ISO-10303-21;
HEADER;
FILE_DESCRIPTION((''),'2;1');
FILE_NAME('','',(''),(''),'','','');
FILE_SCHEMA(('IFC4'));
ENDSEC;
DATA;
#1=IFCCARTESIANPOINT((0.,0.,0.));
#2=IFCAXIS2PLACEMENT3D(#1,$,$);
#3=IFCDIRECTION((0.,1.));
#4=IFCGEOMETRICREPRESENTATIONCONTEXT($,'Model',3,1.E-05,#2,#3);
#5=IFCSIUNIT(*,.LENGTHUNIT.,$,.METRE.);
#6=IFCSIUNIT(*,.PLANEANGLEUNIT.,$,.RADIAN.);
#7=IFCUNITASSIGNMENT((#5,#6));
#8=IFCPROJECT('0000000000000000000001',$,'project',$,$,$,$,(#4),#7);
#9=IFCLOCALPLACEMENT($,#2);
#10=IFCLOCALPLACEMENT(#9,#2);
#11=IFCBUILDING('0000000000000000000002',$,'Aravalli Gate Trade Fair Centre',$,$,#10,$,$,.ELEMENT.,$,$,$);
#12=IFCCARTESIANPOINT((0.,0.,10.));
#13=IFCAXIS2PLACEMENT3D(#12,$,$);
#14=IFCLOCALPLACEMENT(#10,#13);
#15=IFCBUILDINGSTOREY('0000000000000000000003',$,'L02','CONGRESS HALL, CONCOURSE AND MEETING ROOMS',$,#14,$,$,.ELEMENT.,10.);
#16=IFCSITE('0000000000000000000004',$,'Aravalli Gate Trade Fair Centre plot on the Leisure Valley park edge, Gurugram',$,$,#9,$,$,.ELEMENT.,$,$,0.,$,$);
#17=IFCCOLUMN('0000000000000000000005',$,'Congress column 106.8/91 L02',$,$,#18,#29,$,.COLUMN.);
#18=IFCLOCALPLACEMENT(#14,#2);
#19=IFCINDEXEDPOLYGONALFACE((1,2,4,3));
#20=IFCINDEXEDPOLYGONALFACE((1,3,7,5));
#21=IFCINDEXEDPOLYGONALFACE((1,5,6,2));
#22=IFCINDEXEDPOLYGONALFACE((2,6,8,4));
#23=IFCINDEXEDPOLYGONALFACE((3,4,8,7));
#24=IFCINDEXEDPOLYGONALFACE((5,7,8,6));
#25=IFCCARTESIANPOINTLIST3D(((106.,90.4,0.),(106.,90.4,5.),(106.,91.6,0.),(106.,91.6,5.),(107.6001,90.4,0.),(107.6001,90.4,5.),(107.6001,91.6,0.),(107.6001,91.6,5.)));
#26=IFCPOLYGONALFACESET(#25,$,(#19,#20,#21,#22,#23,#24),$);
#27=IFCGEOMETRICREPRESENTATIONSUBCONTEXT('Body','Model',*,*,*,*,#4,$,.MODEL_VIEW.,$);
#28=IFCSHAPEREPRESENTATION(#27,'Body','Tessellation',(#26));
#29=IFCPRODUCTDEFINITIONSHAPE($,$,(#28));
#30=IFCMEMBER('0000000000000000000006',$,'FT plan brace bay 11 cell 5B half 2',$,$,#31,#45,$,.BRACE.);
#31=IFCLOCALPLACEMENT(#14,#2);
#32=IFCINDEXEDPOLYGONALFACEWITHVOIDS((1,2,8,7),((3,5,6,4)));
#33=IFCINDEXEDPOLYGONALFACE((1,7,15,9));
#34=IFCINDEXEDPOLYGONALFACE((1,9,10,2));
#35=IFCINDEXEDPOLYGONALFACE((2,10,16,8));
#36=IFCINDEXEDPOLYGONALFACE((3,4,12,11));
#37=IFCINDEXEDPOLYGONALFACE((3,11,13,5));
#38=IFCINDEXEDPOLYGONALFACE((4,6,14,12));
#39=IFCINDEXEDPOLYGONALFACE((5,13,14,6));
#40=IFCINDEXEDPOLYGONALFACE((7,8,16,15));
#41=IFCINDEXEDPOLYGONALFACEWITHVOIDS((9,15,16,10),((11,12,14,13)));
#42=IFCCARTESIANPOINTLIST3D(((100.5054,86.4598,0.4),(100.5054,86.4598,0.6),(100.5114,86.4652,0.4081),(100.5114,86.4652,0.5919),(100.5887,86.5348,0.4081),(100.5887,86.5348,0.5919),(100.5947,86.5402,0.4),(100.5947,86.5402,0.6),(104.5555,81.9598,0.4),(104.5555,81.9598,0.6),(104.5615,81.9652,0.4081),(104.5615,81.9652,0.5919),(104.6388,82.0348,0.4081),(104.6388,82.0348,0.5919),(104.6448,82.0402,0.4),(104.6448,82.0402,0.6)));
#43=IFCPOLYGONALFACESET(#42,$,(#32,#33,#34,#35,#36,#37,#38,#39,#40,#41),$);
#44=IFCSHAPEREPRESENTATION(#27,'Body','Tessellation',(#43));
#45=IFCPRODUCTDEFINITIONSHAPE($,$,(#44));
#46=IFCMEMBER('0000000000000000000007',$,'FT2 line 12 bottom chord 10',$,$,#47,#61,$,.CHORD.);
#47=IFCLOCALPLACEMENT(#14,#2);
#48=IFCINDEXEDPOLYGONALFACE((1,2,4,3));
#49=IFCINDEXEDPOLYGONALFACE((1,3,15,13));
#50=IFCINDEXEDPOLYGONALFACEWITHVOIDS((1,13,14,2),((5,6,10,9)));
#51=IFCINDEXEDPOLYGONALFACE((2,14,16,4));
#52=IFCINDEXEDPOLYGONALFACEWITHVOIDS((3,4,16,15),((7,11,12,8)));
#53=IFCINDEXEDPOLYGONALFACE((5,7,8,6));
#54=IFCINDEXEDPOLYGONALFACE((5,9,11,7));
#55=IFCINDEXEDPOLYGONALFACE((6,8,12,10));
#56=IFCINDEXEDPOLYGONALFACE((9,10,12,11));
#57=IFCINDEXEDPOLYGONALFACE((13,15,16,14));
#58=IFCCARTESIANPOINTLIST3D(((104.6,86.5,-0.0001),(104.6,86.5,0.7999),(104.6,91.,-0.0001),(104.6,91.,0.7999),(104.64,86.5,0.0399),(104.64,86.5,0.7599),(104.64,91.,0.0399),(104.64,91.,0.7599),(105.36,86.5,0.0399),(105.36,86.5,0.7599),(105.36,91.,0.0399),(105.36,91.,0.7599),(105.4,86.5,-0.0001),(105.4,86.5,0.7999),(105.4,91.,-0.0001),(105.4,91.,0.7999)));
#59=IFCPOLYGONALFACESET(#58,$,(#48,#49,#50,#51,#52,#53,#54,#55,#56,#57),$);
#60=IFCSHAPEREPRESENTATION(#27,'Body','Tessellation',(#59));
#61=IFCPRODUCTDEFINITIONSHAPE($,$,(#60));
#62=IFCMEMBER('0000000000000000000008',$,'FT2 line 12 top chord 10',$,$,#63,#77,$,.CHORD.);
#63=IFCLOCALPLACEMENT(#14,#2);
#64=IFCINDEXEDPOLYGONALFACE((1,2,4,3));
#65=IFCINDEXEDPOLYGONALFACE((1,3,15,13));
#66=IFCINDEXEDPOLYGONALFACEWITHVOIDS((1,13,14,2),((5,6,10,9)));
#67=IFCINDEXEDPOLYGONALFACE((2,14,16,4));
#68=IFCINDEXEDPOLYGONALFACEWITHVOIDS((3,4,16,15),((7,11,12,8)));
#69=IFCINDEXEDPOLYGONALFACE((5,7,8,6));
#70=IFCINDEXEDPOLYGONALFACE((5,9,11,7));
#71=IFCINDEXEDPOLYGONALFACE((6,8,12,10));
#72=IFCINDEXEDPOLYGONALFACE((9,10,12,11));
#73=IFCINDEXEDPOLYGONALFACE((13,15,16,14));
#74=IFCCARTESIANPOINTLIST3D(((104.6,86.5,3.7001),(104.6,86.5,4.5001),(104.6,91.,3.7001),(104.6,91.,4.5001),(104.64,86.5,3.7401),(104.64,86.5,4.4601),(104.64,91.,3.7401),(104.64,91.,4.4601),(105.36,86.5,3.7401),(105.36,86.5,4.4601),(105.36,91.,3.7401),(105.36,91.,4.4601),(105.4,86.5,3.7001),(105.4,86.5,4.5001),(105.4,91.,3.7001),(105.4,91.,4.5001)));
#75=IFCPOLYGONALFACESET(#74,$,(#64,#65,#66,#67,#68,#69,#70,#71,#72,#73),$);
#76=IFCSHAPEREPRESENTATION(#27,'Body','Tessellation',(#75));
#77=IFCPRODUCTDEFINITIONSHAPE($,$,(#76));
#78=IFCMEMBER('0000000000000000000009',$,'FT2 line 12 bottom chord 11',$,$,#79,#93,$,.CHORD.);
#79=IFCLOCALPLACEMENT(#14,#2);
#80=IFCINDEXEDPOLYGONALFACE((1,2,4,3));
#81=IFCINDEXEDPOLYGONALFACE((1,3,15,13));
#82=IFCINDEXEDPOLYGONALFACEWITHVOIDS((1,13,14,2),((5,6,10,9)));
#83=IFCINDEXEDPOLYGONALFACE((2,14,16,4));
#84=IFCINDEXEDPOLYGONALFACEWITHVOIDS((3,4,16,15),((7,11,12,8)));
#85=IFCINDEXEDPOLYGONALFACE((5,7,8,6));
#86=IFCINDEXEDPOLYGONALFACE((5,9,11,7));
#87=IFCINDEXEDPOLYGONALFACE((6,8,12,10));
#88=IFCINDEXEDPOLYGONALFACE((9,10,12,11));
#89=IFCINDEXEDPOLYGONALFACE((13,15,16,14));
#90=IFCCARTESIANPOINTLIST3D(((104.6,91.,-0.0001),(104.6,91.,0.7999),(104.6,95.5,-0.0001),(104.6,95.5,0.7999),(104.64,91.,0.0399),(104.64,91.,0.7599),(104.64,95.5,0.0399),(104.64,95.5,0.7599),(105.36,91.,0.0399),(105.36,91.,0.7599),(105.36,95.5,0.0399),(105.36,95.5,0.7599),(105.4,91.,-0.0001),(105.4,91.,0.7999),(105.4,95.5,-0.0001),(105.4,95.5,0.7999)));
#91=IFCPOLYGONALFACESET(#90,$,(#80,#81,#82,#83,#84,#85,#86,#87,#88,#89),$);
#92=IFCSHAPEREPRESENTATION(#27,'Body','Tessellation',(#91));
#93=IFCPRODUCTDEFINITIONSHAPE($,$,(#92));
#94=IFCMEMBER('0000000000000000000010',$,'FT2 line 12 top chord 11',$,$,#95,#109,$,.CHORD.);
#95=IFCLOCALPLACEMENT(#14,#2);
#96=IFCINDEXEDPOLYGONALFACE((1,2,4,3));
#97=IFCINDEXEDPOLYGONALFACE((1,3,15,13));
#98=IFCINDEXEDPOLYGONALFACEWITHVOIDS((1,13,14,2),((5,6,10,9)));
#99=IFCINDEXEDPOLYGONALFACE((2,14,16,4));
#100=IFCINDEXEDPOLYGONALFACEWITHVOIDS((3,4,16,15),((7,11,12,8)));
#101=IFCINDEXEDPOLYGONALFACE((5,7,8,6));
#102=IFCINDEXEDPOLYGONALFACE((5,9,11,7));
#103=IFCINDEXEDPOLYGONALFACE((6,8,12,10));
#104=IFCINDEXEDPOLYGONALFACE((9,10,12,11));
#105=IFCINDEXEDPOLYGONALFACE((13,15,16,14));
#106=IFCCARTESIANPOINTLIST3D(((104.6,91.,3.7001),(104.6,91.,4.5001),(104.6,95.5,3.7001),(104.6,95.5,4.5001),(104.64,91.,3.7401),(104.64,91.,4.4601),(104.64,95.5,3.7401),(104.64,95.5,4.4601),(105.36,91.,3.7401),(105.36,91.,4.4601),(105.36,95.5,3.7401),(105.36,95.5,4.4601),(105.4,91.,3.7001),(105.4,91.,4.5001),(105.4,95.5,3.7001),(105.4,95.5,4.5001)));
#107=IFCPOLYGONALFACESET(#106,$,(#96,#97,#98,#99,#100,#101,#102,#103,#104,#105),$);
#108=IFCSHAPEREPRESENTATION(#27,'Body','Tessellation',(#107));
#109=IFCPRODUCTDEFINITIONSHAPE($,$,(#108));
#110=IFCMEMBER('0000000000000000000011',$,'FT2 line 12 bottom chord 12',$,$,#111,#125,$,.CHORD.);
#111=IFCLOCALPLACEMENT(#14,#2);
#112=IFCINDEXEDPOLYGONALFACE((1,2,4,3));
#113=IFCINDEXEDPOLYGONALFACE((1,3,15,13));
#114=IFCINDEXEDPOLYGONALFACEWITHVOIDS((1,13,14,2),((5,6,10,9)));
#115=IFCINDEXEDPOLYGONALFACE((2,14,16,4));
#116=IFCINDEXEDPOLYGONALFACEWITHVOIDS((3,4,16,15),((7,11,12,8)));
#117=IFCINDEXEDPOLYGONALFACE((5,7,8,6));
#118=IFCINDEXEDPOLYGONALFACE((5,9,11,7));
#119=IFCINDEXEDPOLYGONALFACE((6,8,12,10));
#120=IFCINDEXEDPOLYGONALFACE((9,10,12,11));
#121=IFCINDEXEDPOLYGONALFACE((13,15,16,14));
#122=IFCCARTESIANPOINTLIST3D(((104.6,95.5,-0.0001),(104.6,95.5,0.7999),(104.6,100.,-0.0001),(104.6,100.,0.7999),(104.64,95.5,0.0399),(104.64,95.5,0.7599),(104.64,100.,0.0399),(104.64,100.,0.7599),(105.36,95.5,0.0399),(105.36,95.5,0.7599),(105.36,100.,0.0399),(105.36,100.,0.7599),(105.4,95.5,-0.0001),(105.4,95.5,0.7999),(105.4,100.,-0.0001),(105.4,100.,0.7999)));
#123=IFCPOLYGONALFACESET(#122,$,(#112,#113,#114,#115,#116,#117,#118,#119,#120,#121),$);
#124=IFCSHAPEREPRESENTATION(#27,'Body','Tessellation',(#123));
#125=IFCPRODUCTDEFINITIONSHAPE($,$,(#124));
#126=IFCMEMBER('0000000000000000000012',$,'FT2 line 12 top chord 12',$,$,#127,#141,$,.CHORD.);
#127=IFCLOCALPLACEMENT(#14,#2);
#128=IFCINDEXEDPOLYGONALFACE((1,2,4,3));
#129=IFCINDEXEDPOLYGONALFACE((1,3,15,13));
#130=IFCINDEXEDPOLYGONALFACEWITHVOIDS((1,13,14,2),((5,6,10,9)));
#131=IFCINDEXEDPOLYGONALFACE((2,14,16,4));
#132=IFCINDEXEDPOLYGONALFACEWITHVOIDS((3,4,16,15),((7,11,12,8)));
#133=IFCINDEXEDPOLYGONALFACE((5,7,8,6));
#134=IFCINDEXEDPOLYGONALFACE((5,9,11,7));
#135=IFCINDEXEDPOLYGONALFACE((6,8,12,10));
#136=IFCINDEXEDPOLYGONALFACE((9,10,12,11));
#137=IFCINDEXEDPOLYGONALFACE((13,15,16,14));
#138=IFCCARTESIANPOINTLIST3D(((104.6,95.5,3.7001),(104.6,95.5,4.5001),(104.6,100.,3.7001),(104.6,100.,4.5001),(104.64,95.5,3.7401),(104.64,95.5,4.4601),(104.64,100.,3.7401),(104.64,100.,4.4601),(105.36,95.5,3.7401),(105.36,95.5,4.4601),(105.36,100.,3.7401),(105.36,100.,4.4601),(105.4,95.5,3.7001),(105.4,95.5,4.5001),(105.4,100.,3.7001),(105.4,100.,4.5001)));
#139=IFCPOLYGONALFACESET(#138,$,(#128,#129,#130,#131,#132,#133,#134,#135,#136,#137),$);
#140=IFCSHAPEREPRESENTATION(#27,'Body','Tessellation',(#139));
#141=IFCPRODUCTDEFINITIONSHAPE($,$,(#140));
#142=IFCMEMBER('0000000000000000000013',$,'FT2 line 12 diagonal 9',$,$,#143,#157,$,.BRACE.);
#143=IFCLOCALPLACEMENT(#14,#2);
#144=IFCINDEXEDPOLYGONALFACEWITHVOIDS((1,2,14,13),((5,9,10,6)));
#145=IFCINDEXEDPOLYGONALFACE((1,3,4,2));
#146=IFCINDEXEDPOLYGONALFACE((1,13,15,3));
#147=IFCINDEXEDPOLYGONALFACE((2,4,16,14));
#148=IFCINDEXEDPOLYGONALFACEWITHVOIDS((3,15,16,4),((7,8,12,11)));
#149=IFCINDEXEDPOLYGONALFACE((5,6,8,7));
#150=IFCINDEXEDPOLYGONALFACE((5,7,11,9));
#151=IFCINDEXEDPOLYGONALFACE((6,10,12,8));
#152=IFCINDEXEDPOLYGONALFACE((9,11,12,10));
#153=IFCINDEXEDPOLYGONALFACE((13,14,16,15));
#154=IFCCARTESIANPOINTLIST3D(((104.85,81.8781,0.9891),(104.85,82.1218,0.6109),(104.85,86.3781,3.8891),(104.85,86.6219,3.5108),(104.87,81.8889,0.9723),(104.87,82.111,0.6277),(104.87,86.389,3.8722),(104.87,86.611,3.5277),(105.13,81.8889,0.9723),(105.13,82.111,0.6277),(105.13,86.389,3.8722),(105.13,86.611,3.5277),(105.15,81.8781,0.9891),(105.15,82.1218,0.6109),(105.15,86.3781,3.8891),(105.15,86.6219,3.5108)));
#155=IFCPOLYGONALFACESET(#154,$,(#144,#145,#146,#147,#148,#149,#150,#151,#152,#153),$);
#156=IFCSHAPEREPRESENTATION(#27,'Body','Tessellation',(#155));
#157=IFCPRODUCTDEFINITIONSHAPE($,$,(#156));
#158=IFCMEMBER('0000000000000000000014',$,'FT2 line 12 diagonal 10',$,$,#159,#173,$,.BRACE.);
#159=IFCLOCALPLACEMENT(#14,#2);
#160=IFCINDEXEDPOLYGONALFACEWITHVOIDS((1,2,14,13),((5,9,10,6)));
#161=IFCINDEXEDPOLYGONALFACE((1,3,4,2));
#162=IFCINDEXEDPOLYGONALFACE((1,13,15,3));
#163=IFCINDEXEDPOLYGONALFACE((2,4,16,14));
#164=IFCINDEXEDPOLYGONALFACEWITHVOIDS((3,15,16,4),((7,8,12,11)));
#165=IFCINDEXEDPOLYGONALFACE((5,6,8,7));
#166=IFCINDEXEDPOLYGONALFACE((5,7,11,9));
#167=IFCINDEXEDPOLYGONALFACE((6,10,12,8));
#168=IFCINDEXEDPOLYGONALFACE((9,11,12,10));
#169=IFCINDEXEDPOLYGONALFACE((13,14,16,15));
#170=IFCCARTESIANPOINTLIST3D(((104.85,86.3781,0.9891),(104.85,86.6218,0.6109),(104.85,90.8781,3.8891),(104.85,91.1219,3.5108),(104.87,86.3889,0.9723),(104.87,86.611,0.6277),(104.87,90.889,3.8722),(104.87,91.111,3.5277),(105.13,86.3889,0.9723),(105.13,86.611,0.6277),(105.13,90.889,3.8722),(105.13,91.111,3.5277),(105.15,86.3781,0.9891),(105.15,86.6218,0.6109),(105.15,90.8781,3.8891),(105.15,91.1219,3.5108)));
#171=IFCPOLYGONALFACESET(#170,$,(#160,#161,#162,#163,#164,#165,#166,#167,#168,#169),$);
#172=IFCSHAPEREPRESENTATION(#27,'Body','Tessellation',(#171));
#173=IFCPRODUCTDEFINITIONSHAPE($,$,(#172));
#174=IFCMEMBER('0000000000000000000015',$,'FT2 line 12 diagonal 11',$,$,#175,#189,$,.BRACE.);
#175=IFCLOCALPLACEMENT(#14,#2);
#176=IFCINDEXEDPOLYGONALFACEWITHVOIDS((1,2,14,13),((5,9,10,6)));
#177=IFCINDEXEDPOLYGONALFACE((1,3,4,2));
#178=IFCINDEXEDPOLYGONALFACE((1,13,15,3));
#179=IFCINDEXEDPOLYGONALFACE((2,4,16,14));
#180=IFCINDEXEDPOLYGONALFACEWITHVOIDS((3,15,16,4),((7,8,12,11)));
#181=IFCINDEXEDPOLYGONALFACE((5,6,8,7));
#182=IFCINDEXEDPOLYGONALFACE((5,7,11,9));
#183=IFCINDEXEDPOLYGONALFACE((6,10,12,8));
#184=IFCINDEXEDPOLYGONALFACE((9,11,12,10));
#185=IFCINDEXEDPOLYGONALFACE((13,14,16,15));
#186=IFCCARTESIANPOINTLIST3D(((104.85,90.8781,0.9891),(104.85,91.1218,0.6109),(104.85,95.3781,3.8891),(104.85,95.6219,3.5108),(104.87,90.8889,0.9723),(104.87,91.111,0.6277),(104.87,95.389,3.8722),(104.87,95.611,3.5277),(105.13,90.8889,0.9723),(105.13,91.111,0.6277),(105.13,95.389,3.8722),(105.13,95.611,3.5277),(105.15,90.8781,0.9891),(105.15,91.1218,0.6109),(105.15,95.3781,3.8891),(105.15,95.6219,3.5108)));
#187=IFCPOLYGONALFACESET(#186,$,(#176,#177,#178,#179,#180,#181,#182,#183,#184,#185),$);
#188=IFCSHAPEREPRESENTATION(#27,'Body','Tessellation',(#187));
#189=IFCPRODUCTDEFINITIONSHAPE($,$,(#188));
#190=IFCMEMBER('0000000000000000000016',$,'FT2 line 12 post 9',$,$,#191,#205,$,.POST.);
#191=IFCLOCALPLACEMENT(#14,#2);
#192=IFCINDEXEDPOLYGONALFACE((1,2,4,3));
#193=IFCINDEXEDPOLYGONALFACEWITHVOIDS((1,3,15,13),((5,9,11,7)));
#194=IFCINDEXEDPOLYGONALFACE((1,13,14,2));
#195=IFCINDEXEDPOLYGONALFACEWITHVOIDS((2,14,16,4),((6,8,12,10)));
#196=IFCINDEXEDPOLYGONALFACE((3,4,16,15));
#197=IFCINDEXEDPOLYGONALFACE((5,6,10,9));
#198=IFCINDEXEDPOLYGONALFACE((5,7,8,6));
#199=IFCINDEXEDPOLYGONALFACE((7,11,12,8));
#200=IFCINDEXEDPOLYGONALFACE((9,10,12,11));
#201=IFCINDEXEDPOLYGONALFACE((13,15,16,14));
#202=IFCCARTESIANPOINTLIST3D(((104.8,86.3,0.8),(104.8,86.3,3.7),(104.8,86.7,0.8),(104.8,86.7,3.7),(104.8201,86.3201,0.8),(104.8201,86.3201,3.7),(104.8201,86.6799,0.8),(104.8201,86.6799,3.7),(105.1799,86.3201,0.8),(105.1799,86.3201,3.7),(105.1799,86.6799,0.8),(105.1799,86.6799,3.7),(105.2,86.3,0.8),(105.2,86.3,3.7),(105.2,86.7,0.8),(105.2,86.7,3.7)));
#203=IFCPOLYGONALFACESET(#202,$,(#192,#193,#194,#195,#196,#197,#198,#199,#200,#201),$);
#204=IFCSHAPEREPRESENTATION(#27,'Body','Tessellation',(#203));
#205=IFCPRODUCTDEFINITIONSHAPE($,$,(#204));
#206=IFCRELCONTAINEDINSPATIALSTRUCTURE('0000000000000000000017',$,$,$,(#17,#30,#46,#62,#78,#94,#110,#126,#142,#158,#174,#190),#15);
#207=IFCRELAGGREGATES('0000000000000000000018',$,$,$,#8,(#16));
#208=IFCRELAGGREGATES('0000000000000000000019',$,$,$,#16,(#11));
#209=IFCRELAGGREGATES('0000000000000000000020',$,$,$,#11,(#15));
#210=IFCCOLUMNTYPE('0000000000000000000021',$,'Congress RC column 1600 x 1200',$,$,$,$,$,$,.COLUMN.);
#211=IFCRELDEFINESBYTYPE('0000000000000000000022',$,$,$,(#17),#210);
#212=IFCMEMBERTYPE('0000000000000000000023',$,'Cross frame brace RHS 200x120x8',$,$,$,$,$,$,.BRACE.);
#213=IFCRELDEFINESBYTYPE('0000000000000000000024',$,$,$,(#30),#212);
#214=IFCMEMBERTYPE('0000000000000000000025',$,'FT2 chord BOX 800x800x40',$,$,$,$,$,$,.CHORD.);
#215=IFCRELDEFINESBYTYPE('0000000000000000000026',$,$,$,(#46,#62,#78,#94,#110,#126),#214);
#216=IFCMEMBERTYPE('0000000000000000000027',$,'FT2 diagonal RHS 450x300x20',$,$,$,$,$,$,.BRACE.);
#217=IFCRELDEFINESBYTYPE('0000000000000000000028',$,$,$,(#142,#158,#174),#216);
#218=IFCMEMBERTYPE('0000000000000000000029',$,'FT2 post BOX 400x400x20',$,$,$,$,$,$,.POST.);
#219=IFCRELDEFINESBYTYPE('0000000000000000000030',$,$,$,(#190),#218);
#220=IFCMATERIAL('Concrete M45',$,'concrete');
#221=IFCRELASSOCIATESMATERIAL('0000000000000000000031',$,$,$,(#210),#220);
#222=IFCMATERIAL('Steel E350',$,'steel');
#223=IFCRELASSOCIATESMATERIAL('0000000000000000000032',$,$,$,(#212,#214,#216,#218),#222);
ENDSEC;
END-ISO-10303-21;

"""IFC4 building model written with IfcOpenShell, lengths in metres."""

from ifc_helpers import new_model, si_unit, direction, frame, origin, origin_2d, place, context, subcontext, project, spatial, rectangle, hollow_rectangle, extrude, material, material_profile, profile_set, type_object, element, save


model = new_model("IFC4")

# Units and contexts
model_context = context("Model", 3, precision=1e-05, world=origin(), true_north=direction((0.0, 1.0)))
body_context = subcontext(model_context, "Body", "Model", "MODEL_VIEW")
ifc_project = project(units=[si_unit("LENGTHUNIT", "METRE"), si_unit("PLANEANGLEUNIT", "RADIAN")], contexts=[model_context])

# Site, building, storey
site_placement = place(None, origin())
site = spatial("IfcSite", under=ifc_project, at=site_placement, Name="Aravalli Gate Trade Fair Centre plot on the Leisure Valley park edge, Gurugram", CompositionType="ELEMENT", RefElevation=0.0)
building_placement = place(site_placement, origin())
building = spatial("IfcBuilding", under=site, at=building_placement, Name="Aravalli Gate Trade Fair Centre", CompositionType="ELEMENT")
storey_placement = place(building_placement, frame((0.0, 0.0, 10.0)))
storey = spatial("IfcBuildingStorey", under=building, at=storey_placement, Name="L02", Description="CONGRESS HALL, CONCOURSE AND MEETING ROOMS", CompositionType="ELEMENT", Elevation=10.0)

# Column
ifc_material_1 = material(Name="Concrete M45", Category="concrete")
ifc_material_profile_1 = material_profile(ifc_material_1, rectangle(XDim=1.6001, YDim=1.2, at=origin_2d()), Name="RC 1600x1200")
ifc_profile_set_1 = profile_set([ifc_material_profile_1], Name="Concrete M45")
column_type = type_object("IfcColumnType", Name="Congress RC column 1600 x 1200", PredefinedType="COLUMN", material=ifc_profile_set_1)
column_placement = place(storey_placement, frame((106.8, 91.0, 0.0), z_axis=(0.0, 0.0, 1.0), x_axis=(1.0, 0.0, 0.0)))
element("IfcColumn", 1, at=column_placement, inside=storey, type_object=column_type, Name="Congress column 106.8/91 L02", PredefinedType="COLUMN", context=body_context, shape_type="SweptSolid", body=[
    extrude(rectangle(XDim=1.6001, YDim=1.2, at=origin_2d()), origin(), (0.0, 0.0, 1.0), 5.0),
])

# Members
ifc_material_2 = material(Name="Steel E350", Category="steel")
ifc_material_profile_2 = material_profile(ifc_material_2, hollow_rectangle(XDim=0.1201, YDim=0.2, WallThickness=0.0081, at=origin_2d()), Name="RHS 200x120x8")
ifc_profile_set_2 = profile_set([ifc_material_profile_2], Name="Steel E350")
member_type_1 = type_object("IfcMemberType", Name="Cross frame brace RHS 200x120x8", PredefinedType="BRACE", material=ifc_profile_set_2)
member_placement = place(storey_placement, frame((100.55, 86.5, 0.5), z_axis=(0.668969, -0.74329, 0.0), x_axis=(0.74329, 0.668969, 0.0)))
element("IfcMember", 2, at=member_placement, inside=storey, type_object=member_type_1, Name="FT plan brace bay 11 cell 5B half 2", PredefinedType="BRACE", context=body_context, shape_type="SweptSolid", body=[
    extrude(hollow_rectangle(XDim=0.1201, YDim=0.2, WallThickness=0.0081, at=origin_2d()), origin(), (0.0, 0.0, 1.0), 6.0542),
])
ifc_material_profile_3 = material_profile(ifc_material_2, hollow_rectangle(XDim=0.8, YDim=0.8, WallThickness=0.04, at=origin_2d()), Name="BOX 800x800x40")
ifc_profile_set_3 = profile_set([ifc_material_profile_3], Name="Steel E350")
member_type_2 = type_object("IfcMemberType", Name="FT2 chord BOX 800x800x40", PredefinedType="CHORD", material=ifc_profile_set_3)
for number, where, z_axis, x_axis, name in (
    (3, (105.0, 86.5, 0.3999), (0.0, 1.0, 0.0), (-1.0, 0.0, 0.0), "FT2 line 12 bottom chord 10"),
    (4, (105.0, 86.5, 4.1001), (0.0, 1.0, 0.0), (-1.0, 0.0, 0.0), "FT2 line 12 top chord 10"),
    (5, (105.0, 91.0, 0.3999), (0.0, 1.0, 0.0), (-1.0, 0.0, 0.0), "FT2 line 12 bottom chord 11"),
    (6, (105.0, 91.0, 4.1001), (0.0, 1.0, 0.0), (-1.0, 0.0, 0.0), "FT2 line 12 top chord 11"),
    (7, (105.0, 95.5, 0.3999), (0.0, 1.0, 0.0), (-1.0, 0.0, 0.0), "FT2 line 12 bottom chord 12"),
    (8, (105.0, 95.5, 4.1001), (0.0, 1.0, 0.0), (-1.0, 0.0, 0.0), "FT2 line 12 top chord 12"),
):
    element("IfcMember", number, at=place(storey_placement, frame(where, z_axis=z_axis, x_axis=x_axis)), inside=storey, type_object=member_type_2, Name=name, PredefinedType="CHORD", context=body_context, shape_type="SweptSolid", body=[
        extrude(hollow_rectangle(XDim=0.8, YDim=0.8, WallThickness=0.04, at=origin_2d()), origin(), (0.0, 0.0, 1.0), 4.5),
    ])
ifc_material_profile_4 = material_profile(ifc_material_2, hollow_rectangle(XDim=0.3, YDim=0.45, WallThickness=0.02, at=origin_2d()), Name="RHS 450x300x20")
ifc_profile_set_4 = profile_set([ifc_material_profile_4], Name="Steel E350")
member_type_3 = type_object("IfcMemberType", Name="FT2 diagonal RHS 450x300x20", PredefinedType="BRACE", material=ifc_profile_set_4)
for number, where, z_axis, x_axis, name in (
    (9, (105.0, 86.5, 3.7), (0.0, -0.840579, -0.541688), (1.0, 0.0, 0.0), "FT2 line 12 diagonal 9"),
    (10, (105.0, 91.0, 3.7), (0.0, -0.840579, -0.541688), (1.0, 0.0, 0.0), "FT2 line 12 diagonal 10"),
    (11, (105.0, 95.5, 3.7), (0.0, -0.840579, -0.541688), (1.0, 0.0, 0.0), "FT2 line 12 diagonal 11"),
):
    element("IfcMember", number, at=place(storey_placement, frame(where, z_axis=z_axis, x_axis=x_axis)), inside=storey, type_object=member_type_3, Name=name, PredefinedType="BRACE", context=body_context, shape_type="SweptSolid", body=[
        extrude(hollow_rectangle(XDim=0.3, YDim=0.45, WallThickness=0.02, at=origin_2d()), origin(), (0.0, 0.0, 1.0), 5.3535),
    ])
ifc_material_profile_5 = material_profile(ifc_material_2, hollow_rectangle(XDim=0.3999, YDim=0.3999, WallThickness=0.02, at=origin_2d()), Name="BOX 400x400x20")
ifc_profile_set_5 = profile_set([ifc_material_profile_5], Name="Steel E350")
member_type_4 = type_object("IfcMemberType", Name="FT2 post BOX 400x400x20", PredefinedType="POST", material=ifc_profile_set_5)
for number, where, z_axis, x_axis, name in (
    (12, (105.0, 86.5, 0.8), (0.0, 0.0, 1.0), (1.0, 0.0, 0.0), "FT2 line 12 post 9"),
):
    element("IfcMember", number, at=place(storey_placement, frame(where, z_axis=z_axis, x_axis=x_axis)), inside=storey, type_object=member_type_4, Name=name, PredefinedType="POST", context=body_context, shape_type="SweptSolid", body=[
        extrude(hollow_rectangle(XDim=0.3999, YDim=0.3999, WallThickness=0.02, at=origin_2d()), origin(), (0.0, 0.0, 1.0), 2.8999),
    ])

save(model, "model.ifc")
